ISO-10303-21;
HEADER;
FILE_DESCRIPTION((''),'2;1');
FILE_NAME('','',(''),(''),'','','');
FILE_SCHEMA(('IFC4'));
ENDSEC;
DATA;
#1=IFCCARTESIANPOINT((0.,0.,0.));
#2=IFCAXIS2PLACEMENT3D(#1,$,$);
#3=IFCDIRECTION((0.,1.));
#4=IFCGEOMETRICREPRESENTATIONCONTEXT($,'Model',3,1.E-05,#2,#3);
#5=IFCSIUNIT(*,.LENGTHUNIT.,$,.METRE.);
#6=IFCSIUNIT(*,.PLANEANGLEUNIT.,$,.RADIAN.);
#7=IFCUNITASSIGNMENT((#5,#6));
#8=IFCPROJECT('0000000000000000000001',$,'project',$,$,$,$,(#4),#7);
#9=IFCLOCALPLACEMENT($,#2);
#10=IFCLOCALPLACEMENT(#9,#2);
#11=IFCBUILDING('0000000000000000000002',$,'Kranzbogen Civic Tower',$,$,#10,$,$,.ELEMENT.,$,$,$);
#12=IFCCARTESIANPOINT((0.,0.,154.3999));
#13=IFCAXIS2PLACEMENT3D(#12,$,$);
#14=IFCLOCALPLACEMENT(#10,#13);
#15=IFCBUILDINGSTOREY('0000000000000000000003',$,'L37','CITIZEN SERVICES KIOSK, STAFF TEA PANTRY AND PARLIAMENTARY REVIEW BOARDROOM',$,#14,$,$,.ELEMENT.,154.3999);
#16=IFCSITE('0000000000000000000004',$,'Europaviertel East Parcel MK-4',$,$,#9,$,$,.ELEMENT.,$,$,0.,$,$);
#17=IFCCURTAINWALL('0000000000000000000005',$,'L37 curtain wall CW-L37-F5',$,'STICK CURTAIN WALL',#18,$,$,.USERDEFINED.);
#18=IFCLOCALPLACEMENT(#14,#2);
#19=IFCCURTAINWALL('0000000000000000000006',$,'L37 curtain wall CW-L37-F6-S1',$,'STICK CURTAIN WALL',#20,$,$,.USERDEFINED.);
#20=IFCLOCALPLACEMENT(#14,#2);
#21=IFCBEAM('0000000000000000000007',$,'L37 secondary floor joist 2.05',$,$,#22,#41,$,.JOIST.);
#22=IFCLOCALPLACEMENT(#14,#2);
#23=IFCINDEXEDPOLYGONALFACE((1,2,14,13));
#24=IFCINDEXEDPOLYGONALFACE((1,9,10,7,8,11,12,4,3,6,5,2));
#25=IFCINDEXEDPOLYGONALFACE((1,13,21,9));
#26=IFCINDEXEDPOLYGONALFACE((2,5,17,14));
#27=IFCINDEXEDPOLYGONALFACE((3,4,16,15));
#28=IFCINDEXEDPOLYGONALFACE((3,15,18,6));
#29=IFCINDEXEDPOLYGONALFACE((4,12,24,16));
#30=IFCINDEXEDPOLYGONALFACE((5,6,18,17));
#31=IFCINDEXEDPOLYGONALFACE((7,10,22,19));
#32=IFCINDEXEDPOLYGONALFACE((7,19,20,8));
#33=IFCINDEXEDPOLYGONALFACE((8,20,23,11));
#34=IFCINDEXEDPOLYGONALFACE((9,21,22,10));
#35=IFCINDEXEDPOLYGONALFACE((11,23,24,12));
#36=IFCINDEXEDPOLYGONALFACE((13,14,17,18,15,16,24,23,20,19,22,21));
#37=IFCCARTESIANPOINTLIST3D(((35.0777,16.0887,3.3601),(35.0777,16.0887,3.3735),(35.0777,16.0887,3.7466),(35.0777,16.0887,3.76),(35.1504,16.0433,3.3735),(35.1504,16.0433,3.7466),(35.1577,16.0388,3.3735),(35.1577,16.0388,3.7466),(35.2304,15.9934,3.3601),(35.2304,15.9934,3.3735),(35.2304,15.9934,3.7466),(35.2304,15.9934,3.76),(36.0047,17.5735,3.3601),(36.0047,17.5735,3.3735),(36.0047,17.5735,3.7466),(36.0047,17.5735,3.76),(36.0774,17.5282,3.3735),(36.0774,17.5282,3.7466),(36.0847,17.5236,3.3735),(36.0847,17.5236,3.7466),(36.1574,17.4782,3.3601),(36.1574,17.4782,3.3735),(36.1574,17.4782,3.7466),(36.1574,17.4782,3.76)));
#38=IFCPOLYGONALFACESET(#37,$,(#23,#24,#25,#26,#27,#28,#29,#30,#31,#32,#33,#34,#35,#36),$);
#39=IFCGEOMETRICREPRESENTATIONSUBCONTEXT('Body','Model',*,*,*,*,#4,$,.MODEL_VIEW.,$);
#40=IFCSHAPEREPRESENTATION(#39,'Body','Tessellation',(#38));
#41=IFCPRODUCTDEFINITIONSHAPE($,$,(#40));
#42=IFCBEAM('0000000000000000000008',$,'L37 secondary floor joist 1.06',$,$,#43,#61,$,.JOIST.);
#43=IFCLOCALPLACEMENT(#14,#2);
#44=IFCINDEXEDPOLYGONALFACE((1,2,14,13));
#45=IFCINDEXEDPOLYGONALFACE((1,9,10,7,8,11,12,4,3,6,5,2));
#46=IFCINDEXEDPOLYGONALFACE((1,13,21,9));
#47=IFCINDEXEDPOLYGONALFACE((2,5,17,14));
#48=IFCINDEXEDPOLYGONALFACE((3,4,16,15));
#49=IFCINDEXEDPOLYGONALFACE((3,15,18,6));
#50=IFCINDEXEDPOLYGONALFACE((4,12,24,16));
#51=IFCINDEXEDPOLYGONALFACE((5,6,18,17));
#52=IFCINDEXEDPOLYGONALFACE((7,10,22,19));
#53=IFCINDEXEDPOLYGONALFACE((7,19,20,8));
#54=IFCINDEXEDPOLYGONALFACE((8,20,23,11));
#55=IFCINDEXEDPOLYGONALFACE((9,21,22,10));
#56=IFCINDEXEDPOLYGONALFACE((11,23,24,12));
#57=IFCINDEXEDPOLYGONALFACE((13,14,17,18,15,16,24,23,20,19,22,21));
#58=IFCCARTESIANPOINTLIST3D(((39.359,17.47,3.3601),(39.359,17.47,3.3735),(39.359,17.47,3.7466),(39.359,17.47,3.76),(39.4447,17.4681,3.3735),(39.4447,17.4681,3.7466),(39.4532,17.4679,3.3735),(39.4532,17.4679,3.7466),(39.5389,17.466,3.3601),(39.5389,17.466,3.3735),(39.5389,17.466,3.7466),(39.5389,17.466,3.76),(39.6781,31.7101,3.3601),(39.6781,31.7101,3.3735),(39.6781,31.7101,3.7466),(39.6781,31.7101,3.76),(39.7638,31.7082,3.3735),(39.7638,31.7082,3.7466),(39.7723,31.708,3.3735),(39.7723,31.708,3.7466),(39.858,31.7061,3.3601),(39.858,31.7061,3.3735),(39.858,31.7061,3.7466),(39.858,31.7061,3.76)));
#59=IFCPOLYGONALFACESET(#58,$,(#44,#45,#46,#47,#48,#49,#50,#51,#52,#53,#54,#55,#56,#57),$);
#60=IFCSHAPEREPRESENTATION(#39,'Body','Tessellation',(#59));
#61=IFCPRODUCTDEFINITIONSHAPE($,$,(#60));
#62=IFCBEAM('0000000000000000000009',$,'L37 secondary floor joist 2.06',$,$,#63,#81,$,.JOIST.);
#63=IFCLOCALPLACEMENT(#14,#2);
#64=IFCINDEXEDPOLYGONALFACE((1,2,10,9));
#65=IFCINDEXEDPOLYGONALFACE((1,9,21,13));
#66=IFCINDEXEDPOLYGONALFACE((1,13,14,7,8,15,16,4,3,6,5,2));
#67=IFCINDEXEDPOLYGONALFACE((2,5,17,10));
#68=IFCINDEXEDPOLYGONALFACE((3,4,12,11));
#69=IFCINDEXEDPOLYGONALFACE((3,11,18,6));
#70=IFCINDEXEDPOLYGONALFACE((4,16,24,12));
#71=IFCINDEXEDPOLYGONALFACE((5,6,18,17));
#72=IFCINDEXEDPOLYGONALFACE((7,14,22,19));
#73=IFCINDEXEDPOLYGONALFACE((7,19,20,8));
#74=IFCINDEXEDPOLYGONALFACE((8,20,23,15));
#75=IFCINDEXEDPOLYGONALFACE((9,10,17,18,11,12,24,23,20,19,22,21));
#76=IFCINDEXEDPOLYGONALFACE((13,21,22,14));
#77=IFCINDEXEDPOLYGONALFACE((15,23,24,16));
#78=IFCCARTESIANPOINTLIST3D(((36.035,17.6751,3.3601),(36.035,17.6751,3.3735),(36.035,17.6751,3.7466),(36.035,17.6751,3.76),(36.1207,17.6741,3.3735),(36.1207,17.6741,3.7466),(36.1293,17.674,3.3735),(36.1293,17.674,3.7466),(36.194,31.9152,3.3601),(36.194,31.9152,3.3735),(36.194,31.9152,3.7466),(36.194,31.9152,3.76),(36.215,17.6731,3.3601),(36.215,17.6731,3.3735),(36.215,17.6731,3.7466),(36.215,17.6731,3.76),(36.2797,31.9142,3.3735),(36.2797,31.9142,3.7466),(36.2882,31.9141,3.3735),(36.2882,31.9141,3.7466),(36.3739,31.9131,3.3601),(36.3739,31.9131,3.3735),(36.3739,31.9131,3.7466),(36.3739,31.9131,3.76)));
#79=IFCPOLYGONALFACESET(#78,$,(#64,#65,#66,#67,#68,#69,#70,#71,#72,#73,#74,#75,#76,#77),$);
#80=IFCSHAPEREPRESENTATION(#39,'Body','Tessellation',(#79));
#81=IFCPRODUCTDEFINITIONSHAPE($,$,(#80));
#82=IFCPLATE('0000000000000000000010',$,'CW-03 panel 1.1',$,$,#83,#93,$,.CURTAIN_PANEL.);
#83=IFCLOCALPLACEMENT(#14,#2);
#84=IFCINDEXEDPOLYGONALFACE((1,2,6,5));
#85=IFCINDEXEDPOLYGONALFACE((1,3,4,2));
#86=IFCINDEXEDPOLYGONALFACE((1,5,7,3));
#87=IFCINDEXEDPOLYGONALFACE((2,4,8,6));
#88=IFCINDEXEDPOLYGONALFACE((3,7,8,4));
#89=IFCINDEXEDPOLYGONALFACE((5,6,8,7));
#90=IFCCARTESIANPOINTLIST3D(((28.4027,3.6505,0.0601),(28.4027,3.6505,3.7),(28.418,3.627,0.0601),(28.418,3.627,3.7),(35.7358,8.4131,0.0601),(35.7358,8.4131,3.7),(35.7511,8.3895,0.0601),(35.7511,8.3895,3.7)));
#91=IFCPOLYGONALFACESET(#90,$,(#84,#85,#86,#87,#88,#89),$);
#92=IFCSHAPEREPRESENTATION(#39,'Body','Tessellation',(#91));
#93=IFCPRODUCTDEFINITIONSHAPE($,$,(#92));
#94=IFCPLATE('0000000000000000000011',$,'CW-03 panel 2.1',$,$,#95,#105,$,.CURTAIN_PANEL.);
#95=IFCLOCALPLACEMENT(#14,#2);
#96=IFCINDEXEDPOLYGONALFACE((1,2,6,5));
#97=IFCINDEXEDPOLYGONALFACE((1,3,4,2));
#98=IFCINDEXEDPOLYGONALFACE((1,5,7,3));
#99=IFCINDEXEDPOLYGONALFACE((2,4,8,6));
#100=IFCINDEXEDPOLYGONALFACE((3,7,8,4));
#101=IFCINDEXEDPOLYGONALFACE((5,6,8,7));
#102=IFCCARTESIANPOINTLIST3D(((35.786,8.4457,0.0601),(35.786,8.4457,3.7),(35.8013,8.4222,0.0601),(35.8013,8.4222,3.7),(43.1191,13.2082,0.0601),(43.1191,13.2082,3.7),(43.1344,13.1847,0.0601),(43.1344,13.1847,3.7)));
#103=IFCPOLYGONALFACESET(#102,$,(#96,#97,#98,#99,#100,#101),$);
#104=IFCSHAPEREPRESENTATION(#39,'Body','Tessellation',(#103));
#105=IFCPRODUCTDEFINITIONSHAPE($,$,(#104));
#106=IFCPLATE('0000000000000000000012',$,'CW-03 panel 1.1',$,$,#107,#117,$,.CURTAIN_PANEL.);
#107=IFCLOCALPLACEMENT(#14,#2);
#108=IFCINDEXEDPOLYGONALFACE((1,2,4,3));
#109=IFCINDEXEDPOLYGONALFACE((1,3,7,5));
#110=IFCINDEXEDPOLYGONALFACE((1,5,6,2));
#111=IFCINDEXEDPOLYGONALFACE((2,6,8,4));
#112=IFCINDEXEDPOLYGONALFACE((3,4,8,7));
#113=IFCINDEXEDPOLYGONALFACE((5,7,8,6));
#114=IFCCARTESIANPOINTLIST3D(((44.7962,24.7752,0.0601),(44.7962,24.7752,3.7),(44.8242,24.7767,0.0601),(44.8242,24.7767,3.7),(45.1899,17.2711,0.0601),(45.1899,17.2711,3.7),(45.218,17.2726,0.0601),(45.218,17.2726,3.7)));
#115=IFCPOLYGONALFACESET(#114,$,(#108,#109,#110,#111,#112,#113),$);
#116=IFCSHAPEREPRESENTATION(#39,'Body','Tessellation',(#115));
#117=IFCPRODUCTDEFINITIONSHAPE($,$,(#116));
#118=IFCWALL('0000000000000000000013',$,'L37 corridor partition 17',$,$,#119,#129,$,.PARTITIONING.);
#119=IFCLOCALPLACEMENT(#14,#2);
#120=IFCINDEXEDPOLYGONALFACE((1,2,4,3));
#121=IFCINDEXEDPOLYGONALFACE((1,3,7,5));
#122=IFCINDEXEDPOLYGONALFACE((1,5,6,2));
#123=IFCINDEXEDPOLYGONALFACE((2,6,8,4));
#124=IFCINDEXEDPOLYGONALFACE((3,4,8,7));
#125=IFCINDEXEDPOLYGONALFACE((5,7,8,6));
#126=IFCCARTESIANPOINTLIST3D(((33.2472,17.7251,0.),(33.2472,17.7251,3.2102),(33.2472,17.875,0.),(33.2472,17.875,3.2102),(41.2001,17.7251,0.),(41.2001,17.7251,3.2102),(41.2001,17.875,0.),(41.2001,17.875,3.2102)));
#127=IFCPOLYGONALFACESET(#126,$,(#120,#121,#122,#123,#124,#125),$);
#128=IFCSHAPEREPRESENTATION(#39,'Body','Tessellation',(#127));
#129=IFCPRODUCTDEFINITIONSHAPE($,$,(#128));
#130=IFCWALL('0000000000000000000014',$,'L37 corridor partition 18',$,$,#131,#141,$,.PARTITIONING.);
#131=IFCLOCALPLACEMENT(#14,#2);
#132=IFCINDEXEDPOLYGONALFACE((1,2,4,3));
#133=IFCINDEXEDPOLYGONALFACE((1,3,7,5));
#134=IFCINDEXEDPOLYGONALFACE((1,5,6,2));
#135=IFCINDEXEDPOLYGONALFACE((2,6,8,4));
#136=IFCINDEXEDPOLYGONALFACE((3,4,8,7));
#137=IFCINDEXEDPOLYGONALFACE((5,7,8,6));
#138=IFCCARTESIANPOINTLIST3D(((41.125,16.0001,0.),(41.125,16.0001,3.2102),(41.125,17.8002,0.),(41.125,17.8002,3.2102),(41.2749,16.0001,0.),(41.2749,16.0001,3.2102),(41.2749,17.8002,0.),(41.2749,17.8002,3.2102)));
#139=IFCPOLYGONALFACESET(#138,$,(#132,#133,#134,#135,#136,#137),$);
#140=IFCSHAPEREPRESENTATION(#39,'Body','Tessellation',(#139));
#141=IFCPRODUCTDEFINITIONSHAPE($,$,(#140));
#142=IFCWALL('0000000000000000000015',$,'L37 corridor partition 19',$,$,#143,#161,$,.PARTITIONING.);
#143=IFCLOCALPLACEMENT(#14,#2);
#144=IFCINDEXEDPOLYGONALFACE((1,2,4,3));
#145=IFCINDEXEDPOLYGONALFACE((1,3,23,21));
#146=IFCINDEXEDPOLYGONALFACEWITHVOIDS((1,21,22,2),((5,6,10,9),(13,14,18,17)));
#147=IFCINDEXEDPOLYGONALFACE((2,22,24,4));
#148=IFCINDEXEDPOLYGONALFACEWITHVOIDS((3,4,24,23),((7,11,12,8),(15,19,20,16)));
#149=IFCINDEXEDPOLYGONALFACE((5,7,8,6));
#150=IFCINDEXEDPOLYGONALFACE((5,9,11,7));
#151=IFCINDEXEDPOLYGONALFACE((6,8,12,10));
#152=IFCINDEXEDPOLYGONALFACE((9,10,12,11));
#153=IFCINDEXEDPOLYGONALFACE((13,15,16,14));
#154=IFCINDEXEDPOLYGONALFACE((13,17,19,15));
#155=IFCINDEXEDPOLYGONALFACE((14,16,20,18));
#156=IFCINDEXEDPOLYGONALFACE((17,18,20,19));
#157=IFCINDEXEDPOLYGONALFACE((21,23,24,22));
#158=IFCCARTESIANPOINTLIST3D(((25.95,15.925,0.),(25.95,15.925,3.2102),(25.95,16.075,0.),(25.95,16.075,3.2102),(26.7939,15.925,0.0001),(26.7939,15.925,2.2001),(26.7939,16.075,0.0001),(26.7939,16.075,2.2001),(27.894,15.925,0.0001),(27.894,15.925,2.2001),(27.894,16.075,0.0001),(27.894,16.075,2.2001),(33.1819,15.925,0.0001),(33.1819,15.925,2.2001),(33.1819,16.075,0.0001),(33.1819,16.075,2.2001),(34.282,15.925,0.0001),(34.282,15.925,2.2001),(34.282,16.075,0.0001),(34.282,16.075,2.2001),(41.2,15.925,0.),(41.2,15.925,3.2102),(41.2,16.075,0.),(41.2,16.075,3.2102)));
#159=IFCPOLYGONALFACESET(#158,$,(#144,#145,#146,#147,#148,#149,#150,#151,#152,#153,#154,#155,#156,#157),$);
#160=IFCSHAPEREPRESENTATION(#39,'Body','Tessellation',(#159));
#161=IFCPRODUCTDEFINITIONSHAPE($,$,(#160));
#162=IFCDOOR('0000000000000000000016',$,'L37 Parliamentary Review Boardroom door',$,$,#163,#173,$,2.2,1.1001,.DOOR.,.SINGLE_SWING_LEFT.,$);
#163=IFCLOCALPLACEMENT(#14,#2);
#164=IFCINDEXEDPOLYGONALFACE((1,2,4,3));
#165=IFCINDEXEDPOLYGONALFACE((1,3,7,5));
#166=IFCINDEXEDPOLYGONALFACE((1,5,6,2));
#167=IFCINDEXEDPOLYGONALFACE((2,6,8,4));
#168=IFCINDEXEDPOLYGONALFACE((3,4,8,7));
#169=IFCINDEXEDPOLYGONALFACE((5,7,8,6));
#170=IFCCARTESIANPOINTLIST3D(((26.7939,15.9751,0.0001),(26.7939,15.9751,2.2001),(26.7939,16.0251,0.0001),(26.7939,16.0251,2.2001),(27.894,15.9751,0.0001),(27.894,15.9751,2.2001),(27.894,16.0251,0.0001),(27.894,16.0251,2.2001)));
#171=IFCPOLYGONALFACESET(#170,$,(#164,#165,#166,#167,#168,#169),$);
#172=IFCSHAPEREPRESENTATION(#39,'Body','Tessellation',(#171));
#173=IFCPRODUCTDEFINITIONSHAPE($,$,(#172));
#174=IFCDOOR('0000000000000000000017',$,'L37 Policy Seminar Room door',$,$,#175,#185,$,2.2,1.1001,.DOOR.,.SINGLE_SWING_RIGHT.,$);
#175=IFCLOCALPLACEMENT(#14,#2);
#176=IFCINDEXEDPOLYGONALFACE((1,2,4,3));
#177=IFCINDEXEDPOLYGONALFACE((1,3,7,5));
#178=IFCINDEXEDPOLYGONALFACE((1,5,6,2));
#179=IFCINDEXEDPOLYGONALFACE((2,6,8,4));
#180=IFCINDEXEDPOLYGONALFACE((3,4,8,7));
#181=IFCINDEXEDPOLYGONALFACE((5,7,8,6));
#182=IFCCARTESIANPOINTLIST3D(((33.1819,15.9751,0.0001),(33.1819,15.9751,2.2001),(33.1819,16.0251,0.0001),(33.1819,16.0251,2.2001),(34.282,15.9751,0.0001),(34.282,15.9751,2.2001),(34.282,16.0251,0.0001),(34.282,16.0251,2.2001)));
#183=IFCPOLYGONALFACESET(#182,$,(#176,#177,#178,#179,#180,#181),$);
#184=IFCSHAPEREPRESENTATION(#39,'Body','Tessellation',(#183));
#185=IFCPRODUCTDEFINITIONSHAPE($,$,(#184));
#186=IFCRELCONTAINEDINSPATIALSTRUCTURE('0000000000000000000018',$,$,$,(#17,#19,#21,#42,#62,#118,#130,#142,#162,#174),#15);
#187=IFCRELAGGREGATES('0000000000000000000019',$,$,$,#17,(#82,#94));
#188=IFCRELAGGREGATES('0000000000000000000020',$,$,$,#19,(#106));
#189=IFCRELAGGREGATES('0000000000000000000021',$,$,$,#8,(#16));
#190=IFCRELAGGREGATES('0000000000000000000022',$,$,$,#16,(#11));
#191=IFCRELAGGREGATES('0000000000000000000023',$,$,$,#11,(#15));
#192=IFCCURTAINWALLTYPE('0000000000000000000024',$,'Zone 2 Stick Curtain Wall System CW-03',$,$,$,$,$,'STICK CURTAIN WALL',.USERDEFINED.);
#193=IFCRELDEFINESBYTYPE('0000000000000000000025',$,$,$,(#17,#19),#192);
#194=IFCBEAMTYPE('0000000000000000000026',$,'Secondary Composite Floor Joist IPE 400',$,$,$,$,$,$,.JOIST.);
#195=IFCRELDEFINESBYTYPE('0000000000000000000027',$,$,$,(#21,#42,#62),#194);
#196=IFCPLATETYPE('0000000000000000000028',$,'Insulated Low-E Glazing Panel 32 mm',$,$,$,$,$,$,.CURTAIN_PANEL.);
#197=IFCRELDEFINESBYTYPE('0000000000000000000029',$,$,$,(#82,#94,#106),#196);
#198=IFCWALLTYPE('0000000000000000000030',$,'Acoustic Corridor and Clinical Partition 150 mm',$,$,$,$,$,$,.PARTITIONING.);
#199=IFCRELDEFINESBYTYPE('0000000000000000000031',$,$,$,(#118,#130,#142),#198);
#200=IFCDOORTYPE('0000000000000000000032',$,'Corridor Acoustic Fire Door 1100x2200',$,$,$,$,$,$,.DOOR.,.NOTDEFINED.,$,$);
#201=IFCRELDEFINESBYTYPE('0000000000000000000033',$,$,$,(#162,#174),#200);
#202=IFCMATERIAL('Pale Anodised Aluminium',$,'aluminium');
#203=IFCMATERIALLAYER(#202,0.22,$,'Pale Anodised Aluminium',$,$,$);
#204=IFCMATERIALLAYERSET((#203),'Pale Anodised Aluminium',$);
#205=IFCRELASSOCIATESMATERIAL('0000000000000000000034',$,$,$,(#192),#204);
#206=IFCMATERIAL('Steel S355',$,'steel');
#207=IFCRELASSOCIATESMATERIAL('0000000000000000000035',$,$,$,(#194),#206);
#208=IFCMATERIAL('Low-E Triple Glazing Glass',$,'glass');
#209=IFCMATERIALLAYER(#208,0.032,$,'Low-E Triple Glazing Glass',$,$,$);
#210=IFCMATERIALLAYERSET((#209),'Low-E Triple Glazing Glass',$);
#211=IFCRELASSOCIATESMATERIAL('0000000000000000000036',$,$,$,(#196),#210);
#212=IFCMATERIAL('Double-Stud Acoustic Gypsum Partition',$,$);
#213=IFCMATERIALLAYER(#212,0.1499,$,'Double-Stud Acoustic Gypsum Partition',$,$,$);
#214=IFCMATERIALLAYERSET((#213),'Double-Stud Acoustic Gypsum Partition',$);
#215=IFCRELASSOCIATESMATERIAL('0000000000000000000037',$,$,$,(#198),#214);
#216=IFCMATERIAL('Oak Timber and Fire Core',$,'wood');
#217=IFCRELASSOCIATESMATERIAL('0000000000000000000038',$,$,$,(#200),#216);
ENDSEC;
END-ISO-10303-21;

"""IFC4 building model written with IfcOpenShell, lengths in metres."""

from ifc_helpers import new_model, si_unit, direction, frame, frame_2d, origin, origin_2d, place, context, subcontext, project, spatial, rectangle, i_section, extrude, material, layer, layer_set, material_profile, profile_set, type_object, element, fill, aggregate, save


model = new_model("IFC4")

# Units and contexts
model_context = context("Model", 3, precision=1e-05, world=origin(), true_north=direction((0.0, 1.0)))
body_context = subcontext(model_context, "Body", "Model", "MODEL_VIEW")
ifc_project = project(units=[si_unit("LENGTHUNIT", "METRE"), si_unit("PLANEANGLEUNIT", "RADIAN")], contexts=[model_context])

# Site, building, storey
site_placement = place(None, origin())
site = spatial("IfcSite", under=ifc_project, at=site_placement, Name="Europaviertel East Parcel MK-4", CompositionType="ELEMENT", RefElevation=0.0)
building_placement = place(site_placement, origin())
building = spatial("IfcBuilding", under=site, at=building_placement, Name="Kranzbogen Civic Tower", CompositionType="ELEMENT")
storey_placement = place(building_placement, frame((0.0, 0.0, 154.3999)))
storey = spatial("IfcBuildingStorey", under=building, at=storey_placement, Name="L37", Description="CITIZEN SERVICES KIOSK, STAFF TEA PANTRY AND PARLIAMENTARY REVIEW BOARDROOM", CompositionType="ELEMENT", Elevation=154.3999)

# Shared definitions
ifc_material_1 = material(Name="Steel S355", Category="steel")

# Curtain wall
ifc_material_2 = material(Name="Pale Anodised Aluminium", Category="aluminium")
ifc_layer_1 = layer(ifc_material_2, 0.22, Name="Pale Anodised Aluminium")
ifc_layer_set_1 = layer_set([ifc_layer_1], Name="Pale Anodised Aluminium")
curtain_wall_type = type_object("IfcCurtainWallType", Name="Zone 2 Stick Curtain Wall System CW-03", ElementType="STICK CURTAIN WALL", PredefinedType="USERDEFINED", material=ifc_layer_set_1)
curtain_wall_1_placement = place(storey_placement, origin())
curtain_wall_1 = element("IfcCurtainWall", 1, at=curtain_wall_1_placement, inside=storey, type_object=curtain_wall_type, Name="L37 curtain wall CW-L37-F5", ObjectType="STICK CURTAIN WALL", PredefinedType="USERDEFINED")

# Curtain wall
curtain_wall_2_placement = place(storey_placement, origin())
curtain_wall_2 = element("IfcCurtainWall", 2, at=curtain_wall_2_placement, inside=storey, type_object=curtain_wall_type, Name="L37 curtain wall CW-L37-F6-S1", ObjectType="STICK CURTAIN WALL", PredefinedType="USERDEFINED")

# Beams
ifc_material_profile_1 = material_profile(ifc_material_1, i_section(OverallWidth=0.1799, OverallDepth=0.3999, WebThickness=0.0085, FlangeThickness=0.0134, at=origin_2d()), Name="IPE 400")
ifc_profile_set_1 = profile_set([ifc_material_profile_1], Name="Steel S355")
beam_type_1 = type_object("IfcBeamType", Name="Secondary Composite Floor Joist IPE 400", PredefinedType="JOIST", material=ifc_profile_set_1)
beam_1_placement = place(storey_placement, frame((35.1541, 16.041, 3.5601), z_axis=(0.529573, 0.848265, 0.0), x_axis=(-0.848265, 0.529573, 0.0)))
element("IfcBeam", 3, at=beam_1_placement, inside=storey, type_object=beam_type_1, Name="L37 secondary floor joist 2.05", PredefinedType="JOIST", context=body_context, shape_type="SweptSolid", body=[
    extrude(i_section(OverallWidth=0.1799, OverallDepth=0.3999, WebThickness=0.0085, FlangeThickness=0.0134, at=origin_2d()), origin(), (0.0, 0.0, 1.0), 1.7505),
])
beam_2_placement = place(storey_placement, frame((39.449, 17.468, 3.5601), z_axis=(0.022403, 0.999749, 0.0), x_axis=(-0.999749, 0.022403, 0.0)))
element("IfcBeam", 4, at=beam_2_placement, inside=storey, type_object=beam_type_1, Name="L37 secondary floor joist 1.06", PredefinedType="JOIST", context=body_context, shape_type="SweptSolid", body=[
    extrude(i_section(OverallWidth=0.1799, OverallDepth=0.3999, WebThickness=0.0085, FlangeThickness=0.0134, at=origin_2d()), origin(), (0.0, 0.0, 1.0), 14.2437),
])
beam_3_placement = place(storey_placement, frame((36.125, 17.6741, 3.5601), z_axis=(0.011161, 0.999938, 0.0), x_axis=(-0.999938, 0.011161, 0.0)))
element("IfcBeam", 5, at=beam_3_placement, inside=storey, type_object=beam_type_1, Name="L37 secondary floor joist 2.06", PredefinedType="JOIST", context=body_context, shape_type="SweptSolid", body=[
    extrude(i_section(OverallWidth=0.1799, OverallDepth=0.3999, WebThickness=0.0085, FlangeThickness=0.0134, at=origin_2d()), origin(), (0.0, 0.0, 1.0), 14.241),
])

# Plates
ifc_material_3 = material(Name="Low-E Triple Glazing Glass", Category="glass")
ifc_layer_2 = layer(ifc_material_3, 0.032, Name="Low-E Triple Glazing Glass")
ifc_layer_set_2 = layer_set([ifc_layer_2], Name="Low-E Triple Glazing Glass")
plate_type = type_object("IfcPlateType", Name="Insulated Low-E Glazing Panel 32 mm", PredefinedType="CURTAIN_PANEL", material=ifc_layer_set_2)
plate_1_placement = place(storey_placement, frame((32.0769, 6.02, 0.0601), z_axis=(0.0, 0.0, 1.0), x_axis=(0.838652, 0.544668, 0.0)))
plate_1 = element("IfcPlate", 6, at=plate_1_placement, type_object=plate_type, Name="CW-03 panel 1.1", PredefinedType="CURTAIN_PANEL", context=body_context, shape_type="SweptSolid", body=[
    extrude(rectangle(XDim=8.7439, YDim=0.0281, at=origin_2d()), origin(), (0.0, 0.0, 1.0), 3.6399),
])
plate_2_placement = place(storey_placement, frame((39.4602, 10.8152, 0.0601), z_axis=(0.0, 0.0, 1.0), x_axis=(0.838652, 0.544668, 0.0)))
plate_2 = element("IfcPlate", 7, at=plate_2_placement, type_object=plate_type, Name="CW-03 panel 2.1", PredefinedType="CURTAIN_PANEL", context=body_context, shape_type="SweptSolid", body=[
    extrude(rectangle(XDim=8.7439, YDim=0.0281, at=origin_2d()), origin(), (0.0, 0.0, 1.0), 3.6399),
])
aggregate(curtain_wall_1, [plate_1, plate_2])
plate_3_placement = place(storey_placement, frame((45.0071, 21.0239, 0.0601), z_axis=(0.0, 0.0, 1.0), x_axis=(-0.052394, 0.998626, 0.0)))
plate_3 = element("IfcPlate", 8, at=plate_3_placement, type_object=plate_type, Name="CW-03 panel 1.1", PredefinedType="CURTAIN_PANEL", context=body_context, shape_type="SweptSolid", body=[
    extrude(rectangle(XDim=7.5144, YDim=0.0281, at=origin_2d()), origin(), (0.0, 0.0, 1.0), 3.6399),
])
aggregate(curtain_wall_2, [plate_3])

# Walls
ifc_material_4 = material(Name="Double-Stud Acoustic Gypsum Partition")
ifc_layer_3 = layer(ifc_material_4, 0.1499, Name="Double-Stud Acoustic Gypsum Partition")
ifc_layer_set_3 = layer_set([ifc_layer_3], Name="Double-Stud Acoustic Gypsum Partition")
wall_type_1 = type_object("IfcWallType", Name="Acoustic Corridor and Clinical Partition 150 mm", PredefinedType="PARTITIONING", material=ifc_layer_set_3)
wall_1_placement = place(storey_placement, frame((33.2471, 17.8, 0.0), z_axis=(0.0, 0.0, 1.0), x_axis=(1.0, 0.0, 0.0)))
element("IfcWall", 9, at=wall_1_placement, inside=storey, type_object=wall_type_1, Name="L37 corridor partition 17", PredefinedType="PARTITIONING", context=body_context, shape_type="SweptSolid", body=[
    extrude(rectangle(XDim=7.9529, YDim=0.1499, at=frame_2d((3.9766, 0.0))), origin(), (0.0, 0.0, 1.0), 3.2102),
])
wall_2_placement = place(storey_placement, frame((41.2, 17.8, 0.0), z_axis=(0.0, 0.0, 1.0), x_axis=(0.0, -1.0, 0.0)))
element("IfcWall", 10, at=wall_2_placement, inside=storey, type_object=wall_type_1, Name="L37 corridor partition 18", PredefinedType="PARTITIONING", context=body_context, shape_type="SweptSolid", body=[
    extrude(rectangle(XDim=1.8, YDim=0.1499, at=frame_2d((0.8999, 0.0))), origin(), (0.0, 0.0, 1.0), 3.2102),
])

# Wall, openings, doors
wall_3_placement = place(storey_placement, frame((41.2, 16.0, 0.0), z_axis=(0.0, 0.0, 1.0), x_axis=(-1.0, 0.0, 0.0)))
wall_3 = element("IfcWall", 11, at=wall_3_placement, inside=storey, type_object=wall_type_1, Name="L37 corridor partition 19", PredefinedType="PARTITIONING", context=body_context, shape_type="SweptSolid", body=[
    extrude(rectangle(XDim=15.25, YDim=0.1499, at=frame_2d((7.625, 0.0))), origin(), (0.0, 0.0, 1.0), 3.2102),
])
opening_1_placement = place(wall_3_placement, frame((13.3059, 0.0, 0.0)))
opening_1 = element("IfcOpeningElement", 12, at=opening_1_placement, cuts=wall_3, PredefinedType="OPENING", context=body_context, shape_type="SweptSolid", body=[
    extrude(rectangle(XDim=1.1001, YDim=2.2, at=frame_2d((0.55, 1.1001))), frame((0.0, 0.085, 0.0), z_axis=(0.0, -1.0, 0.0), x_axis=(1.0, 0.0, 0.0)), (0.0, 0.0, 1.0), 0.1699),
])
opening_2_placement = place(wall_3_placement, frame((6.918, 0.0, 0.0)))
opening_2 = element("IfcOpeningElement", 13, at=opening_2_placement, cuts=wall_3, PredefinedType="OPENING", context=body_context, shape_type="SweptSolid", body=[
    extrude(rectangle(XDim=1.1001, YDim=2.2, at=frame_2d((0.55, 1.1001))), frame((0.0, 0.085, 0.0), z_axis=(0.0, -1.0, 0.0), x_axis=(1.0, 0.0, 0.0)), (0.0, 0.0, 1.0), 0.1699),
])
ifc_material_5 = material(Name="Oak Timber and Fire Core", Category="wood")
door_type = type_object("IfcDoorType", Name="Corridor Acoustic Fire Door 1100x2200", OperationType="NOTDEFINED", PredefinedType="DOOR", material=ifc_material_5)
door_1_placement = place(opening_1_placement, origin())
door_1 = element("IfcDoor", 14, at=door_1_placement, inside=storey, type_object=door_type, Name="L37 Parliamentary Review Boardroom door", OperationType="SINGLE_SWING_LEFT", OverallHeight=2.2, OverallWidth=1.1001, PredefinedType="DOOR", context=body_context, shape_type="SweptSolid", body=[
    extrude(rectangle(XDim=1.1001, YDim=2.2, at=frame_2d((0.55, 1.1001))), frame((0.0, 0.0249, 0.0), z_axis=(0.0, -1.0, 0.0), x_axis=(1.0, 0.0, 0.0)), (0.0, 0.0, 1.0), 0.05),
])
fill(opening_1, door_1)
door_2_placement = place(opening_2_placement, origin())
door_2 = element("IfcDoor", 15, at=door_2_placement, inside=storey, type_object=door_type, Name="L37 Policy Seminar Room door", OperationType="SINGLE_SWING_RIGHT", OverallHeight=2.2, OverallWidth=1.1001, PredefinedType="DOOR", context=body_context, shape_type="SweptSolid", body=[
    extrude(rectangle(XDim=1.1001, YDim=2.2, at=frame_2d((0.55, 1.1001))), frame((0.0, 0.0249, 0.0), z_axis=(0.0, -1.0, 0.0), x_axis=(1.0, 0.0, 0.0)), (0.0, 0.0, 1.0), 0.05),
])
fill(opening_2, door_2)

save(model, "model.ifc")
